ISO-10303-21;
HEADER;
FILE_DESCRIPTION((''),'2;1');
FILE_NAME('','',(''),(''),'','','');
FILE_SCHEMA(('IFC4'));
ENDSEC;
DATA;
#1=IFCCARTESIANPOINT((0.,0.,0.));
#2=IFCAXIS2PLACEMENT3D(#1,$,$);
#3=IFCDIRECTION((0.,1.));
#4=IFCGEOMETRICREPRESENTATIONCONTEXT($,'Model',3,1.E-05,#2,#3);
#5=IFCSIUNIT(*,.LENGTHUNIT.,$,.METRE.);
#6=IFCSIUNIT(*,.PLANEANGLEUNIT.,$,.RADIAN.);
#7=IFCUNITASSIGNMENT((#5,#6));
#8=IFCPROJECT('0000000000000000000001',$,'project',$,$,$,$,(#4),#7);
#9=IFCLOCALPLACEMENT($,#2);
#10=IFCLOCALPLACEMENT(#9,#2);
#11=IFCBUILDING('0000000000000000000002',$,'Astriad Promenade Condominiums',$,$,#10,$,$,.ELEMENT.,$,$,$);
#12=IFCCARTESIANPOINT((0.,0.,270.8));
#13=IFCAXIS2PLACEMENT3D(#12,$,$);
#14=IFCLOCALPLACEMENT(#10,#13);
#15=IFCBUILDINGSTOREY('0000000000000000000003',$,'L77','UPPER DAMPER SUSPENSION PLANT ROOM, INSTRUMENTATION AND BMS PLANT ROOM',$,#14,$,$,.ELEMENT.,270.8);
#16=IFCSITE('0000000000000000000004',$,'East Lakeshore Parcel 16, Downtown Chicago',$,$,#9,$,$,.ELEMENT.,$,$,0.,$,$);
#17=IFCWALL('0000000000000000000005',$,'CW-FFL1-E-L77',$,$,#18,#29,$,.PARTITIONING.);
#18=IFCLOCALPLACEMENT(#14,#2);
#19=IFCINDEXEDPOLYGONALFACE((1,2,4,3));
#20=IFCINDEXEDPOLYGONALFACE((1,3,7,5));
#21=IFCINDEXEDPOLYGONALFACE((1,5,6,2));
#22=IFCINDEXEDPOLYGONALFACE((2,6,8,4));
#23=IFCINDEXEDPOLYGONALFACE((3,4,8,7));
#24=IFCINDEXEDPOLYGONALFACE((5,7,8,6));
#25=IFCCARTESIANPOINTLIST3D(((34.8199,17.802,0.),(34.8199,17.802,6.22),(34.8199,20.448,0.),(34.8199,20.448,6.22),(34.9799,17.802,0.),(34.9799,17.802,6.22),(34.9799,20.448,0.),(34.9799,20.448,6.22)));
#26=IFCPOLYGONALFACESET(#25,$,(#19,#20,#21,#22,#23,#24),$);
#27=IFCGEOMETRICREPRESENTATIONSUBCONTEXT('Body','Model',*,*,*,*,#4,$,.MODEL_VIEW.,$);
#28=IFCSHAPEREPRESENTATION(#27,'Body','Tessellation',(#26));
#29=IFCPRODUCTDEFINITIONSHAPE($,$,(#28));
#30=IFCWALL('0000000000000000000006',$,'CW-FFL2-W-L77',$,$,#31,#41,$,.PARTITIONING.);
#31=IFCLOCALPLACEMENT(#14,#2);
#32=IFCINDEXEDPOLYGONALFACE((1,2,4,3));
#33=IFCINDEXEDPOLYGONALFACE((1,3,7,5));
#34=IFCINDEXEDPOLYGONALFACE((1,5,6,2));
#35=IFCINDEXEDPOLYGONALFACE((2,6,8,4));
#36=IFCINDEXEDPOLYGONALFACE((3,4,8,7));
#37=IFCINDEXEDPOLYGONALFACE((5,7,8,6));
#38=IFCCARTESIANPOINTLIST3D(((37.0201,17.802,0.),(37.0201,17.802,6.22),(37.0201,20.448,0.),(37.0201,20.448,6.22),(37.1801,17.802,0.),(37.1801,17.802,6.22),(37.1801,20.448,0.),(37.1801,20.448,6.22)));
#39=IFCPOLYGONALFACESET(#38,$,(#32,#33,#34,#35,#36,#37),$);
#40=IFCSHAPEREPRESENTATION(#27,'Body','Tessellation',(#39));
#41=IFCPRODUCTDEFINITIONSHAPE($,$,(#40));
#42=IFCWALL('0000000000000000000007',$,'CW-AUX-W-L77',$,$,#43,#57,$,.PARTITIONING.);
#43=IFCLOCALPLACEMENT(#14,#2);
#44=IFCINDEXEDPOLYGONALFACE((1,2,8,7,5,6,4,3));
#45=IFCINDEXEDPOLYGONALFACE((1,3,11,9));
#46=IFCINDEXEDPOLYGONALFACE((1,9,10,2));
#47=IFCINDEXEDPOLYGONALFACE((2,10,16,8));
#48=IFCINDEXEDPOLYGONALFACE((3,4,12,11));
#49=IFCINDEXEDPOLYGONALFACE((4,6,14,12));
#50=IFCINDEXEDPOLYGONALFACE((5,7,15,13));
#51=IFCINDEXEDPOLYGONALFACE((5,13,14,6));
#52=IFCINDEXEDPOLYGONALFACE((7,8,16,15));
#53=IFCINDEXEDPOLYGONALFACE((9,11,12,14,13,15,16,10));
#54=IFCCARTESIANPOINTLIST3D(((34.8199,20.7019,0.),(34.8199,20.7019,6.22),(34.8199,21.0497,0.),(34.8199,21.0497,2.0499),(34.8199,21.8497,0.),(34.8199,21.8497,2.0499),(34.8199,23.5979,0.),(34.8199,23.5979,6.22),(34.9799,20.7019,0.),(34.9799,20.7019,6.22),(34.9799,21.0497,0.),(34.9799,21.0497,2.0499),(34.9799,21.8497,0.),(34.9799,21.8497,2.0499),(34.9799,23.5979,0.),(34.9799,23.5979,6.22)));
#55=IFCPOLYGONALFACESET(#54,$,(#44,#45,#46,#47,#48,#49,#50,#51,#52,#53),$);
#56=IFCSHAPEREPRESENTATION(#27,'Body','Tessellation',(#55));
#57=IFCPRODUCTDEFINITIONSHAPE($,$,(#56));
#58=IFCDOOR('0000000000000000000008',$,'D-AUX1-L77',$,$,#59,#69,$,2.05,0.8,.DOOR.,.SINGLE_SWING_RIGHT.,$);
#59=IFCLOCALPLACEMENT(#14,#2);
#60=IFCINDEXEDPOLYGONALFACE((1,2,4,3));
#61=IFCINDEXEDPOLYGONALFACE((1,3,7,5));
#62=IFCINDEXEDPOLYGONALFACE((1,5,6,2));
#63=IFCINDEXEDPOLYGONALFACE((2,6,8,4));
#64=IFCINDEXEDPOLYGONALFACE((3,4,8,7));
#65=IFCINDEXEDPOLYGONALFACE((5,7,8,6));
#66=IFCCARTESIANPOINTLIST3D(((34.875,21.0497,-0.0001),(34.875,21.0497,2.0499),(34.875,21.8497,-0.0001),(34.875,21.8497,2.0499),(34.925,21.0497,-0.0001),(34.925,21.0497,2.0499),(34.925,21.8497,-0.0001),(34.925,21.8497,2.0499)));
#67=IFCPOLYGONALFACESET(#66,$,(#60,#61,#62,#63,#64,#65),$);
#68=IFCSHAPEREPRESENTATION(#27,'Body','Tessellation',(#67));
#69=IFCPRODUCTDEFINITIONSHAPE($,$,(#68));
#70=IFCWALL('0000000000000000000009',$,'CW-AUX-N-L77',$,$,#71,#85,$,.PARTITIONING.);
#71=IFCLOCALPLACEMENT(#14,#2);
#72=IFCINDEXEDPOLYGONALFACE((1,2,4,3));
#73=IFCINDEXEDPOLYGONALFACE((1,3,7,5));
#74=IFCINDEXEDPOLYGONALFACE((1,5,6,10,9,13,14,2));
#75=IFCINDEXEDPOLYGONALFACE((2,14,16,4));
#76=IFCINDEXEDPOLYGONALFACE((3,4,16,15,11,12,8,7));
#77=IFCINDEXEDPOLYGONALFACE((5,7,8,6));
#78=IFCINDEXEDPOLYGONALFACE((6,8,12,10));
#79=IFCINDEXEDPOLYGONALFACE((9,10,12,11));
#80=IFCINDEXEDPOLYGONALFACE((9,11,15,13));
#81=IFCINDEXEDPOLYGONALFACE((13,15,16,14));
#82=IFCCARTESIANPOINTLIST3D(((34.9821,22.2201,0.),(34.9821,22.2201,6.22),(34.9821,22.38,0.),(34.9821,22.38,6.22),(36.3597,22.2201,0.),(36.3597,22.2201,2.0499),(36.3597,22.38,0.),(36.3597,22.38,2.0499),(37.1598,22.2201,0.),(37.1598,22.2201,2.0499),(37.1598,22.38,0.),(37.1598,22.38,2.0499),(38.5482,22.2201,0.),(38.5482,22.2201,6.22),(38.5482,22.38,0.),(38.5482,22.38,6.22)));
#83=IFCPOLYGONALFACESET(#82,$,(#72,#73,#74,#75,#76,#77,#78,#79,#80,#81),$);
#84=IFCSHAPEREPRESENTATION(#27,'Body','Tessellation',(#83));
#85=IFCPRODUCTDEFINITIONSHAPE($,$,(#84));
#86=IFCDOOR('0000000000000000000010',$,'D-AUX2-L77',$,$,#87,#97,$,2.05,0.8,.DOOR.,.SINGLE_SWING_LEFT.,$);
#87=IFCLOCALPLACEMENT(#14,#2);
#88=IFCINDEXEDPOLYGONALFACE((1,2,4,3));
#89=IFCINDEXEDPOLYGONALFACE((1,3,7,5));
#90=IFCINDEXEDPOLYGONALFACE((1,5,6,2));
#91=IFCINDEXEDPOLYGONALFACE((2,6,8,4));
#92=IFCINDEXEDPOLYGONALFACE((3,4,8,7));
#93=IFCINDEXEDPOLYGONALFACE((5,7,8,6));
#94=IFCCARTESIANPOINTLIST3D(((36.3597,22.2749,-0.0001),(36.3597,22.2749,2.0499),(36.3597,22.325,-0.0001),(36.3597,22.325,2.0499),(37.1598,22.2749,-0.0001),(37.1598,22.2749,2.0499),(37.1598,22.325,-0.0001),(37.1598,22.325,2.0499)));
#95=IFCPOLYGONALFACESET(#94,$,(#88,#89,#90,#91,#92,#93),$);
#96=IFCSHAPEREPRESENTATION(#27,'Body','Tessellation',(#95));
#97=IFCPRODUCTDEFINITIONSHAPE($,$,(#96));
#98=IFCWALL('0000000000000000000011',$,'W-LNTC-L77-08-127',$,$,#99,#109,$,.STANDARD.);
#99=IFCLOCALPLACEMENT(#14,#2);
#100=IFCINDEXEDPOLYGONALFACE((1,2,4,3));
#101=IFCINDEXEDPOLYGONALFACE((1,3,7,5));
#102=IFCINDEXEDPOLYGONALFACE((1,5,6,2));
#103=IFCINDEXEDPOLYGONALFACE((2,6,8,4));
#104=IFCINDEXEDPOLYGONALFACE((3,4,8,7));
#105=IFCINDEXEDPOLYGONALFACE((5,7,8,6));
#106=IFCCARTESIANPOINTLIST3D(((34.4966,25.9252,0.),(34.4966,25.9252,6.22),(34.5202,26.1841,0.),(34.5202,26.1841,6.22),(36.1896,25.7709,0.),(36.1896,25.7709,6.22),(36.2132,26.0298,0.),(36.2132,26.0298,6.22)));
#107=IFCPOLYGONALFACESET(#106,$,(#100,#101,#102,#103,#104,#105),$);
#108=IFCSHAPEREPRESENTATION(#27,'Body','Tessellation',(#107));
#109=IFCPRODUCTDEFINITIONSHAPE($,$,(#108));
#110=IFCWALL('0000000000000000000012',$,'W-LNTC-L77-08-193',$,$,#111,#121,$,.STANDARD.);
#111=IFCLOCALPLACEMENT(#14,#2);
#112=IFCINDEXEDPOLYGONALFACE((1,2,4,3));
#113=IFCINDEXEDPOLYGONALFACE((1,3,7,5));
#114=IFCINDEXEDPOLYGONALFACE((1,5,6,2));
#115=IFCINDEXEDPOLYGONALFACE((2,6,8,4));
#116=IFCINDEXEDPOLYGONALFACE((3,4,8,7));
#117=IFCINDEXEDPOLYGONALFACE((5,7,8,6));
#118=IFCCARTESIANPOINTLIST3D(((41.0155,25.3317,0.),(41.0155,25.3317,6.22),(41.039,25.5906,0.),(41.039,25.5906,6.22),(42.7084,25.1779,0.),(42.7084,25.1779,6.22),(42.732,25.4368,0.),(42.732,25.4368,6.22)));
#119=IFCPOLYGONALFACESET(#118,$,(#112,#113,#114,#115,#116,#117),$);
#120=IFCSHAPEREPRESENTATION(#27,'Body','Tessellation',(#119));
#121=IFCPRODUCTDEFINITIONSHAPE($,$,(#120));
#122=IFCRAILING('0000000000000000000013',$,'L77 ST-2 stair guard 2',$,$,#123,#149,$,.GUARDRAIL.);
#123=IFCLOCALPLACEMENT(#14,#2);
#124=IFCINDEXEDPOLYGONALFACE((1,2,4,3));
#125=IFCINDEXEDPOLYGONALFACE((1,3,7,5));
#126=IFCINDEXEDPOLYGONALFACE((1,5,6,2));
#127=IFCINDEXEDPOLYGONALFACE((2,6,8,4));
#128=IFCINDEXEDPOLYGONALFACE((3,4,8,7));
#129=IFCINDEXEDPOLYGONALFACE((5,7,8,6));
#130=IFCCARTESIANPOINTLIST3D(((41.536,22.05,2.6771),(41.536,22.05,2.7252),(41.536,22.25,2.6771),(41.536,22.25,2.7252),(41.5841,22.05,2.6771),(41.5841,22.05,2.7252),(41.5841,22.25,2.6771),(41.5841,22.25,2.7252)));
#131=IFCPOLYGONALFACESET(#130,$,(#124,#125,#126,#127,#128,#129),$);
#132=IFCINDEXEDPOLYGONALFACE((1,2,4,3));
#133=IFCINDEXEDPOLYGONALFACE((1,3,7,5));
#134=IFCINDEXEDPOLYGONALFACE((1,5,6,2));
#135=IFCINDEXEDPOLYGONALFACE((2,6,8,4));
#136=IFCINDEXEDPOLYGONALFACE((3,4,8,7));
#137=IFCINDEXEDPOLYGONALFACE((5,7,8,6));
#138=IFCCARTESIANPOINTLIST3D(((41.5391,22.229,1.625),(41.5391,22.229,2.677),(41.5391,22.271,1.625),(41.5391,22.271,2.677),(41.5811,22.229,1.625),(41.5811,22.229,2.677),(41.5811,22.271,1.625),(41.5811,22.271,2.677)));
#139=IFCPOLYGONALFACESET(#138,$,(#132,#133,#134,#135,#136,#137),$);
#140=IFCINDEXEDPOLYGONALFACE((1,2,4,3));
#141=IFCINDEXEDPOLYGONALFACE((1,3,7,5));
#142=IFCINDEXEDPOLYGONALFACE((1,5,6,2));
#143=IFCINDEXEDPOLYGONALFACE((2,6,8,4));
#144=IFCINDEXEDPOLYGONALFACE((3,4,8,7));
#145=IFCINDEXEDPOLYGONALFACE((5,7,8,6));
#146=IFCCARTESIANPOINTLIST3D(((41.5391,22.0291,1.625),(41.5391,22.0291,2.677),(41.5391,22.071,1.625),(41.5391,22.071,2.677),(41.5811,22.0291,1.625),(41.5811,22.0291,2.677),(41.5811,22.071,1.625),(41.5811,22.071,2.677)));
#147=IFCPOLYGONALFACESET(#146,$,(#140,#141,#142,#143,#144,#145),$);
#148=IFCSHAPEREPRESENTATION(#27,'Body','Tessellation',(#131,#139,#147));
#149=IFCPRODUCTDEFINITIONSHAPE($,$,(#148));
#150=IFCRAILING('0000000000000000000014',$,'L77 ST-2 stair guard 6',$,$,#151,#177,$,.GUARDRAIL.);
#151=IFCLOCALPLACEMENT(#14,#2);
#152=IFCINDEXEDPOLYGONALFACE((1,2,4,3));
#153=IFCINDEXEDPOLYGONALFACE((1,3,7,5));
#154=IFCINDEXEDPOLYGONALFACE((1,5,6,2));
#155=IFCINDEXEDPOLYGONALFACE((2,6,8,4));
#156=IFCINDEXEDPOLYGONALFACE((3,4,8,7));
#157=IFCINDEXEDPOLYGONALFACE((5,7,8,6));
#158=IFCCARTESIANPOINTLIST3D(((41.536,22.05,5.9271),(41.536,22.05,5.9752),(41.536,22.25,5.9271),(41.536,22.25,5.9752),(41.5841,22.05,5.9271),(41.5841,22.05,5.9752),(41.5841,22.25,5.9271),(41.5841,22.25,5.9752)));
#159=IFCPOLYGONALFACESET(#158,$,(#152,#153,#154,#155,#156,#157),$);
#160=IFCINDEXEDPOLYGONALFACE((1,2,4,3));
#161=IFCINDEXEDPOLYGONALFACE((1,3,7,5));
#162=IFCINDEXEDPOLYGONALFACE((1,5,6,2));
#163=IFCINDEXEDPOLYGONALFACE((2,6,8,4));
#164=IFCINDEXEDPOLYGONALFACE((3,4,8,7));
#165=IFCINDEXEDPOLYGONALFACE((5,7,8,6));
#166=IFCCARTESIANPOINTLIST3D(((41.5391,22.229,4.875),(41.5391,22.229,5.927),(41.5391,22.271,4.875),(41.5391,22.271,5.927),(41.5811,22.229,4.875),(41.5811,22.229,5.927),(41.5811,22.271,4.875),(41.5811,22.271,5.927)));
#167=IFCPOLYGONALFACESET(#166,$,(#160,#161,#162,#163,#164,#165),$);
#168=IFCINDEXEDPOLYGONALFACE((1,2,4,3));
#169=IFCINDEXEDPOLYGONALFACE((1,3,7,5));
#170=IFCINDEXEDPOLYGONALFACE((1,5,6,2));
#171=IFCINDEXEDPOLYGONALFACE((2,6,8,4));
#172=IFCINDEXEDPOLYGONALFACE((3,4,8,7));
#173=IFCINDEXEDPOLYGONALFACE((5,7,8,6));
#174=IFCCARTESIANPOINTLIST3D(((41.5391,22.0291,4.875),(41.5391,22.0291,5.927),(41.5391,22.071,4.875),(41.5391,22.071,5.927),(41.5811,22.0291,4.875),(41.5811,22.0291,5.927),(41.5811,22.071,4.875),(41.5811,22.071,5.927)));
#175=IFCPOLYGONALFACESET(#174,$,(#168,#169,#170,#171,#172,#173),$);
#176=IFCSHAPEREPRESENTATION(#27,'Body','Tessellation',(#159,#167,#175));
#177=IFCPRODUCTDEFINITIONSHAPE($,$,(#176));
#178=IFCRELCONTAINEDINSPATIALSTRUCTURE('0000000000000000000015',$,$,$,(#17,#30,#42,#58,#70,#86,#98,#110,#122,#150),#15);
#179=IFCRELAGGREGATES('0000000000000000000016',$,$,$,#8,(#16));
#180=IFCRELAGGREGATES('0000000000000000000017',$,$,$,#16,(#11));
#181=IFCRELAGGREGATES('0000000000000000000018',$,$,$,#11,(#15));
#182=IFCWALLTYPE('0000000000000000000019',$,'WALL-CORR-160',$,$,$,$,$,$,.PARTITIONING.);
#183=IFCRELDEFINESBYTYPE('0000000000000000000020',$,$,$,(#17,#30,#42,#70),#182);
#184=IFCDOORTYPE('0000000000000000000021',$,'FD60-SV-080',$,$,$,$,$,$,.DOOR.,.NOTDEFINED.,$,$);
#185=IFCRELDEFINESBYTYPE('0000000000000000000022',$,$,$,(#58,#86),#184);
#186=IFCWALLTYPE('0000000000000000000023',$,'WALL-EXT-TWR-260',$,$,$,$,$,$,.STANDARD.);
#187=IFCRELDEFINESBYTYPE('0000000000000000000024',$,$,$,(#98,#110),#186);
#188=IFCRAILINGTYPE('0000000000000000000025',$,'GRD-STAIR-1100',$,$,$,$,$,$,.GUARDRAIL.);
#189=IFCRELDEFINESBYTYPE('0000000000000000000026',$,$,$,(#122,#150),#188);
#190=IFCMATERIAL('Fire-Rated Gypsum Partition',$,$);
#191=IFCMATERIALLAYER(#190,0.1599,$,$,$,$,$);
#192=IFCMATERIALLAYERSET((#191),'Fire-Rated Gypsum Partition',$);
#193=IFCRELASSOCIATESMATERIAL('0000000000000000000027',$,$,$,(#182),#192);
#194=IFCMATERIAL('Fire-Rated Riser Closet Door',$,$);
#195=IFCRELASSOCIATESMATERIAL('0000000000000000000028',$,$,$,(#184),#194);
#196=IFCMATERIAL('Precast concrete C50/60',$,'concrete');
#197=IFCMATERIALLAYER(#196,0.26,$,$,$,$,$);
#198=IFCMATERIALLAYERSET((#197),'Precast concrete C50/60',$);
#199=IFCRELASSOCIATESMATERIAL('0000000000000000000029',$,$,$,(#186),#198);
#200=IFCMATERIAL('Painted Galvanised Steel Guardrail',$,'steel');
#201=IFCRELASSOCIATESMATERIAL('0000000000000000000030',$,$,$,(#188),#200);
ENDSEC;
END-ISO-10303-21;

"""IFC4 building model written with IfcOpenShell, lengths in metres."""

from ifc_helpers import new_model, si_unit, direction, frame, frame_2d, origin, origin_2d, place, context, subcontext, project, spatial, rectangle, extrude, source, transform, mapped, material, layer, layer_set, type_object, type_shapes, element, fill, save


model = new_model("IFC4")

# Units and contexts
model_context = context("Model", 3, precision=1e-05, world=origin(), true_north=direction((0.0, 1.0)))
body_context = subcontext(model_context, "Body", "Model", "MODEL_VIEW")
ifc_project = project(units=[si_unit("LENGTHUNIT", "METRE"), si_unit("PLANEANGLEUNIT", "RADIAN")], contexts=[model_context])

# Site, building, storey
site_placement = place(None, origin())
site = spatial("IfcSite", under=ifc_project, at=site_placement, Name="East Lakeshore Parcel 16, Downtown Chicago", CompositionType="ELEMENT", RefElevation=0.0)
building_placement = place(site_placement, origin())
building = spatial("IfcBuilding", under=site, at=building_placement, Name="Astriad Promenade Condominiums", CompositionType="ELEMENT")
storey_placement = place(building_placement, frame((0.0, 0.0, 270.8)))
storey = spatial("IfcBuildingStorey", under=building, at=storey_placement, Name="L77", Description="UPPER DAMPER SUSPENSION PLANT ROOM, INSTRUMENTATION AND BMS PLANT ROOM", CompositionType="ELEMENT", Elevation=270.8)

# Walls
ifc_material_1 = material(Name="Fire-Rated Gypsum Partition")
ifc_layer_1 = layer(ifc_material_1, 0.1599)
ifc_layer_set_1 = layer_set([ifc_layer_1], Name="Fire-Rated Gypsum Partition")
wall_type_1 = type_object("IfcWallType", Name="WALL-CORR-160", PredefinedType="PARTITIONING", material=ifc_layer_set_1)
for number, where, z_axis, x_axis, name in (
    (1, (34.8999, 17.802, 0.0), (0.0, 0.0, 1.0), (0.0, 1.0, 0.0), "CW-FFL1-E-L77"),
    (2, (37.1001, 17.802, 0.0), (0.0, 0.0, 1.0), (0.0, 1.0, 0.0), "CW-FFL2-W-L77"),
):
    element("IfcWall", number, at=place(storey_placement, frame(where, z_axis=z_axis, x_axis=x_axis)), inside=storey, type_object=wall_type_1, Name=name, PredefinedType="PARTITIONING", context=body_context, shape_type="SweptSolid", body=[
        extrude(rectangle(XDim=2.646, YDim=0.1599, at=frame_2d((1.323, 0.0))), origin(), (0.0, 0.0, 1.0), 6.22),
    ])

# Walls, openings, doors
wall_1_placement = place(storey_placement, frame((34.8999, 20.7019, 0.0), z_axis=(0.0, 0.0, 1.0), x_axis=(0.0, 1.0, 0.0)))
wall_1 = element("IfcWall", 3, at=wall_1_placement, inside=storey, type_object=wall_type_1, Name="CW-AUX-W-L77", PredefinedType="PARTITIONING", context=body_context, shape_type="SweptSolid", body=[
    extrude(rectangle(XDim=2.896, YDim=0.1599, at=frame_2d((1.448, 0.0))), origin(), (0.0, 0.0, 1.0), 6.22),
])
opening_1_placement = place(wall_1_placement, frame((0.3479, 0.0, 0.0)))
opening_1 = element("IfcOpeningElement", 4, at=opening_1_placement, cuts=wall_1, PredefinedType="OPENING", context=body_context, shape_type="SweptSolid", body=[
    extrude(rectangle(XDim=0.8, YDim=2.05, at=frame_2d((0.3999, 1.0249))), frame((0.0, 0.0898, 0.0), z_axis=(0.0, -1.0, 0.0), x_axis=(1.0, 0.0, 0.0)), (0.0, 0.0, 1.0), 0.1799),
])
ifc_material_2 = material(Name="Fire-Rated Riser Closet Door")
door_type_1 = type_object("IfcDoorType", Name="FD60-SV-080", OperationType="NOTDEFINED", PredefinedType="DOOR", material=ifc_material_2)
shared_shape_1 = source(origin(), body_context, "Body", "SweptSolid", [
    extrude(rectangle(XDim=0.8, YDim=2.05, at=frame_2d((0.3999, 1.0249))), frame((0.0, 0.0249, 0.0), z_axis=(0.0, -1.0, 0.0), x_axis=(1.0, 0.0, 0.0)), (0.0, 0.0, 1.0), 0.05),
])
type_shapes(door_type_1, [shared_shape_1])
door_1_placement = place(opening_1_placement, origin())
door_1 = element("IfcDoor", 5, at=door_1_placement, inside=storey, type_object=door_type_1, Name="D-AUX1-L77", OperationType="SINGLE_SWING_RIGHT", OverallHeight=2.05, OverallWidth=0.8, PredefinedType="DOOR", context=body_context, shape_type="MappedRepresentation", body=[
    mapped(shared_shape_1, transform((0.0, 0.0, 0.0), scale=1.0)),
])
fill(opening_1, door_1)
wall_2_placement = place(storey_placement, frame((34.9819, 22.3, 0.0), z_axis=(0.0, 0.0, 1.0), x_axis=(1.0, 0.0, 0.0)))
wall_2 = element("IfcWall", 6, at=wall_2_placement, inside=storey, type_object=wall_type_1, Name="CW-AUX-N-L77", PredefinedType="PARTITIONING", context=body_context, shape_type="SweptSolid", body=[
    extrude(rectangle(XDim=3.5662, YDim=0.1599, at=frame_2d((1.7832, 0.0))), origin(), (0.0, 0.0, 1.0), 6.22),
])
opening_2_placement = place(wall_2_placement, frame((1.3779, 0.0, 0.0)))
opening_2 = element("IfcOpeningElement", 7, at=opening_2_placement, cuts=wall_2, PredefinedType="OPENING", context=body_context, shape_type="SweptSolid", body=[
    extrude(rectangle(XDim=0.8, YDim=2.05, at=frame_2d((0.3999, 1.0249))), frame((0.0, 0.0898, 0.0), z_axis=(0.0, -1.0, 0.0), x_axis=(1.0, 0.0, 0.0)), (0.0, 0.0, 1.0), 0.1799),
])
door_2_placement = place(opening_2_placement, origin())
door_2 = element("IfcDoor", 8, at=door_2_placement, inside=storey, type_object=door_type_1, Name="D-AUX2-L77", OperationType="SINGLE_SWING_LEFT", OverallHeight=2.05, OverallWidth=0.8, PredefinedType="DOOR", context=body_context, shape_type="MappedRepresentation", body=[
    mapped(shared_shape_1, transform((0.0, 0.0, 0.0), scale=1.0)),
])
fill(opening_2, door_2)

# Walls
ifc_material_3 = material(Name="Precast concrete C50/60", Category="concrete")
ifc_layer_2 = layer(ifc_material_3, 0.26)
ifc_layer_set_2 = layer_set([ifc_layer_2], Name="Precast concrete C50/60")
wall_type_2 = type_object("IfcWallType", Name="WALL-EXT-TWR-260", PredefinedType="STANDARD", material=ifc_layer_set_2)
for number, where, z_axis, x_axis, name in (
    (9, (34.5083, 26.0547, 0.0), (0.0, 0.0, 1.0), (0.995872, -0.090769, 0.0), "W-LNTC-L77-08-127"),
    (10, (41.0271, 25.4612, 0.0), (0.0, 0.0, 1.0), (0.995898, -0.090484, 0.0), "W-LNTC-L77-08-193"),
):
    element("IfcWall", number, at=place(storey_placement, frame(where, z_axis=z_axis, x_axis=x_axis)), inside=storey, type_object=wall_type_2, Name=name, PredefinedType="STANDARD", context=body_context, shape_type="SweptSolid", body=[
        extrude(rectangle(XDim=1.7, YDim=0.26, at=frame_2d((0.8501, 0.0))), origin(), (0.0, 0.0, 1.0), 6.22),
    ])

# Railings
ifc_material_4 = material(Name="Painted Galvanised Steel Guardrail", Category="steel")
railing_type = type_object("IfcRailingType", Name="GRD-STAIR-1100", PredefinedType="GUARDRAIL", material=ifc_material_4)
shared_shape_2 = source(origin(), body_context, "Body", "SweptSolid", [
    extrude(rectangle(XDim=0.0481, YDim=0.0481, at=origin_2d()), frame((0.0, 0.0, 1.0762), z_axis=(0.0, -1.0, 0.0), x_axis=(1.0, 0.0, 0.0)), (0.0, 0.0, 1.0), 0.2),
    extrude(rectangle(XDim=0.042, YDim=0.042, at=origin_2d()), origin(), (0.0, 0.0, 1.0), 1.052),
    extrude(rectangle(XDim=0.042, YDim=0.042, at=origin_2d()), frame((0.0, -0.2, 0.0)), (0.0, 0.0, 1.0), 1.052),
])
type_shapes(railing_type, [shared_shape_2])
for number, where, name in (
    (11, (41.5601, 22.25, 1.625), "L77 ST-2 stair guard 2"),
    (12, (41.5601, 22.25, 4.875), "L77 ST-2 stair guard 6"),
):
    element("IfcRailing", number, at=place(storey_placement, frame(where)), inside=storey, type_object=railing_type, Name=name, PredefinedType="GUARDRAIL", context=body_context, shape_type="MappedRepresentation", body=[
        mapped(shared_shape_2, transform((0.0, 0.0, 0.0), scale=1.0)),
    ])

save(model, "model.ifc")
